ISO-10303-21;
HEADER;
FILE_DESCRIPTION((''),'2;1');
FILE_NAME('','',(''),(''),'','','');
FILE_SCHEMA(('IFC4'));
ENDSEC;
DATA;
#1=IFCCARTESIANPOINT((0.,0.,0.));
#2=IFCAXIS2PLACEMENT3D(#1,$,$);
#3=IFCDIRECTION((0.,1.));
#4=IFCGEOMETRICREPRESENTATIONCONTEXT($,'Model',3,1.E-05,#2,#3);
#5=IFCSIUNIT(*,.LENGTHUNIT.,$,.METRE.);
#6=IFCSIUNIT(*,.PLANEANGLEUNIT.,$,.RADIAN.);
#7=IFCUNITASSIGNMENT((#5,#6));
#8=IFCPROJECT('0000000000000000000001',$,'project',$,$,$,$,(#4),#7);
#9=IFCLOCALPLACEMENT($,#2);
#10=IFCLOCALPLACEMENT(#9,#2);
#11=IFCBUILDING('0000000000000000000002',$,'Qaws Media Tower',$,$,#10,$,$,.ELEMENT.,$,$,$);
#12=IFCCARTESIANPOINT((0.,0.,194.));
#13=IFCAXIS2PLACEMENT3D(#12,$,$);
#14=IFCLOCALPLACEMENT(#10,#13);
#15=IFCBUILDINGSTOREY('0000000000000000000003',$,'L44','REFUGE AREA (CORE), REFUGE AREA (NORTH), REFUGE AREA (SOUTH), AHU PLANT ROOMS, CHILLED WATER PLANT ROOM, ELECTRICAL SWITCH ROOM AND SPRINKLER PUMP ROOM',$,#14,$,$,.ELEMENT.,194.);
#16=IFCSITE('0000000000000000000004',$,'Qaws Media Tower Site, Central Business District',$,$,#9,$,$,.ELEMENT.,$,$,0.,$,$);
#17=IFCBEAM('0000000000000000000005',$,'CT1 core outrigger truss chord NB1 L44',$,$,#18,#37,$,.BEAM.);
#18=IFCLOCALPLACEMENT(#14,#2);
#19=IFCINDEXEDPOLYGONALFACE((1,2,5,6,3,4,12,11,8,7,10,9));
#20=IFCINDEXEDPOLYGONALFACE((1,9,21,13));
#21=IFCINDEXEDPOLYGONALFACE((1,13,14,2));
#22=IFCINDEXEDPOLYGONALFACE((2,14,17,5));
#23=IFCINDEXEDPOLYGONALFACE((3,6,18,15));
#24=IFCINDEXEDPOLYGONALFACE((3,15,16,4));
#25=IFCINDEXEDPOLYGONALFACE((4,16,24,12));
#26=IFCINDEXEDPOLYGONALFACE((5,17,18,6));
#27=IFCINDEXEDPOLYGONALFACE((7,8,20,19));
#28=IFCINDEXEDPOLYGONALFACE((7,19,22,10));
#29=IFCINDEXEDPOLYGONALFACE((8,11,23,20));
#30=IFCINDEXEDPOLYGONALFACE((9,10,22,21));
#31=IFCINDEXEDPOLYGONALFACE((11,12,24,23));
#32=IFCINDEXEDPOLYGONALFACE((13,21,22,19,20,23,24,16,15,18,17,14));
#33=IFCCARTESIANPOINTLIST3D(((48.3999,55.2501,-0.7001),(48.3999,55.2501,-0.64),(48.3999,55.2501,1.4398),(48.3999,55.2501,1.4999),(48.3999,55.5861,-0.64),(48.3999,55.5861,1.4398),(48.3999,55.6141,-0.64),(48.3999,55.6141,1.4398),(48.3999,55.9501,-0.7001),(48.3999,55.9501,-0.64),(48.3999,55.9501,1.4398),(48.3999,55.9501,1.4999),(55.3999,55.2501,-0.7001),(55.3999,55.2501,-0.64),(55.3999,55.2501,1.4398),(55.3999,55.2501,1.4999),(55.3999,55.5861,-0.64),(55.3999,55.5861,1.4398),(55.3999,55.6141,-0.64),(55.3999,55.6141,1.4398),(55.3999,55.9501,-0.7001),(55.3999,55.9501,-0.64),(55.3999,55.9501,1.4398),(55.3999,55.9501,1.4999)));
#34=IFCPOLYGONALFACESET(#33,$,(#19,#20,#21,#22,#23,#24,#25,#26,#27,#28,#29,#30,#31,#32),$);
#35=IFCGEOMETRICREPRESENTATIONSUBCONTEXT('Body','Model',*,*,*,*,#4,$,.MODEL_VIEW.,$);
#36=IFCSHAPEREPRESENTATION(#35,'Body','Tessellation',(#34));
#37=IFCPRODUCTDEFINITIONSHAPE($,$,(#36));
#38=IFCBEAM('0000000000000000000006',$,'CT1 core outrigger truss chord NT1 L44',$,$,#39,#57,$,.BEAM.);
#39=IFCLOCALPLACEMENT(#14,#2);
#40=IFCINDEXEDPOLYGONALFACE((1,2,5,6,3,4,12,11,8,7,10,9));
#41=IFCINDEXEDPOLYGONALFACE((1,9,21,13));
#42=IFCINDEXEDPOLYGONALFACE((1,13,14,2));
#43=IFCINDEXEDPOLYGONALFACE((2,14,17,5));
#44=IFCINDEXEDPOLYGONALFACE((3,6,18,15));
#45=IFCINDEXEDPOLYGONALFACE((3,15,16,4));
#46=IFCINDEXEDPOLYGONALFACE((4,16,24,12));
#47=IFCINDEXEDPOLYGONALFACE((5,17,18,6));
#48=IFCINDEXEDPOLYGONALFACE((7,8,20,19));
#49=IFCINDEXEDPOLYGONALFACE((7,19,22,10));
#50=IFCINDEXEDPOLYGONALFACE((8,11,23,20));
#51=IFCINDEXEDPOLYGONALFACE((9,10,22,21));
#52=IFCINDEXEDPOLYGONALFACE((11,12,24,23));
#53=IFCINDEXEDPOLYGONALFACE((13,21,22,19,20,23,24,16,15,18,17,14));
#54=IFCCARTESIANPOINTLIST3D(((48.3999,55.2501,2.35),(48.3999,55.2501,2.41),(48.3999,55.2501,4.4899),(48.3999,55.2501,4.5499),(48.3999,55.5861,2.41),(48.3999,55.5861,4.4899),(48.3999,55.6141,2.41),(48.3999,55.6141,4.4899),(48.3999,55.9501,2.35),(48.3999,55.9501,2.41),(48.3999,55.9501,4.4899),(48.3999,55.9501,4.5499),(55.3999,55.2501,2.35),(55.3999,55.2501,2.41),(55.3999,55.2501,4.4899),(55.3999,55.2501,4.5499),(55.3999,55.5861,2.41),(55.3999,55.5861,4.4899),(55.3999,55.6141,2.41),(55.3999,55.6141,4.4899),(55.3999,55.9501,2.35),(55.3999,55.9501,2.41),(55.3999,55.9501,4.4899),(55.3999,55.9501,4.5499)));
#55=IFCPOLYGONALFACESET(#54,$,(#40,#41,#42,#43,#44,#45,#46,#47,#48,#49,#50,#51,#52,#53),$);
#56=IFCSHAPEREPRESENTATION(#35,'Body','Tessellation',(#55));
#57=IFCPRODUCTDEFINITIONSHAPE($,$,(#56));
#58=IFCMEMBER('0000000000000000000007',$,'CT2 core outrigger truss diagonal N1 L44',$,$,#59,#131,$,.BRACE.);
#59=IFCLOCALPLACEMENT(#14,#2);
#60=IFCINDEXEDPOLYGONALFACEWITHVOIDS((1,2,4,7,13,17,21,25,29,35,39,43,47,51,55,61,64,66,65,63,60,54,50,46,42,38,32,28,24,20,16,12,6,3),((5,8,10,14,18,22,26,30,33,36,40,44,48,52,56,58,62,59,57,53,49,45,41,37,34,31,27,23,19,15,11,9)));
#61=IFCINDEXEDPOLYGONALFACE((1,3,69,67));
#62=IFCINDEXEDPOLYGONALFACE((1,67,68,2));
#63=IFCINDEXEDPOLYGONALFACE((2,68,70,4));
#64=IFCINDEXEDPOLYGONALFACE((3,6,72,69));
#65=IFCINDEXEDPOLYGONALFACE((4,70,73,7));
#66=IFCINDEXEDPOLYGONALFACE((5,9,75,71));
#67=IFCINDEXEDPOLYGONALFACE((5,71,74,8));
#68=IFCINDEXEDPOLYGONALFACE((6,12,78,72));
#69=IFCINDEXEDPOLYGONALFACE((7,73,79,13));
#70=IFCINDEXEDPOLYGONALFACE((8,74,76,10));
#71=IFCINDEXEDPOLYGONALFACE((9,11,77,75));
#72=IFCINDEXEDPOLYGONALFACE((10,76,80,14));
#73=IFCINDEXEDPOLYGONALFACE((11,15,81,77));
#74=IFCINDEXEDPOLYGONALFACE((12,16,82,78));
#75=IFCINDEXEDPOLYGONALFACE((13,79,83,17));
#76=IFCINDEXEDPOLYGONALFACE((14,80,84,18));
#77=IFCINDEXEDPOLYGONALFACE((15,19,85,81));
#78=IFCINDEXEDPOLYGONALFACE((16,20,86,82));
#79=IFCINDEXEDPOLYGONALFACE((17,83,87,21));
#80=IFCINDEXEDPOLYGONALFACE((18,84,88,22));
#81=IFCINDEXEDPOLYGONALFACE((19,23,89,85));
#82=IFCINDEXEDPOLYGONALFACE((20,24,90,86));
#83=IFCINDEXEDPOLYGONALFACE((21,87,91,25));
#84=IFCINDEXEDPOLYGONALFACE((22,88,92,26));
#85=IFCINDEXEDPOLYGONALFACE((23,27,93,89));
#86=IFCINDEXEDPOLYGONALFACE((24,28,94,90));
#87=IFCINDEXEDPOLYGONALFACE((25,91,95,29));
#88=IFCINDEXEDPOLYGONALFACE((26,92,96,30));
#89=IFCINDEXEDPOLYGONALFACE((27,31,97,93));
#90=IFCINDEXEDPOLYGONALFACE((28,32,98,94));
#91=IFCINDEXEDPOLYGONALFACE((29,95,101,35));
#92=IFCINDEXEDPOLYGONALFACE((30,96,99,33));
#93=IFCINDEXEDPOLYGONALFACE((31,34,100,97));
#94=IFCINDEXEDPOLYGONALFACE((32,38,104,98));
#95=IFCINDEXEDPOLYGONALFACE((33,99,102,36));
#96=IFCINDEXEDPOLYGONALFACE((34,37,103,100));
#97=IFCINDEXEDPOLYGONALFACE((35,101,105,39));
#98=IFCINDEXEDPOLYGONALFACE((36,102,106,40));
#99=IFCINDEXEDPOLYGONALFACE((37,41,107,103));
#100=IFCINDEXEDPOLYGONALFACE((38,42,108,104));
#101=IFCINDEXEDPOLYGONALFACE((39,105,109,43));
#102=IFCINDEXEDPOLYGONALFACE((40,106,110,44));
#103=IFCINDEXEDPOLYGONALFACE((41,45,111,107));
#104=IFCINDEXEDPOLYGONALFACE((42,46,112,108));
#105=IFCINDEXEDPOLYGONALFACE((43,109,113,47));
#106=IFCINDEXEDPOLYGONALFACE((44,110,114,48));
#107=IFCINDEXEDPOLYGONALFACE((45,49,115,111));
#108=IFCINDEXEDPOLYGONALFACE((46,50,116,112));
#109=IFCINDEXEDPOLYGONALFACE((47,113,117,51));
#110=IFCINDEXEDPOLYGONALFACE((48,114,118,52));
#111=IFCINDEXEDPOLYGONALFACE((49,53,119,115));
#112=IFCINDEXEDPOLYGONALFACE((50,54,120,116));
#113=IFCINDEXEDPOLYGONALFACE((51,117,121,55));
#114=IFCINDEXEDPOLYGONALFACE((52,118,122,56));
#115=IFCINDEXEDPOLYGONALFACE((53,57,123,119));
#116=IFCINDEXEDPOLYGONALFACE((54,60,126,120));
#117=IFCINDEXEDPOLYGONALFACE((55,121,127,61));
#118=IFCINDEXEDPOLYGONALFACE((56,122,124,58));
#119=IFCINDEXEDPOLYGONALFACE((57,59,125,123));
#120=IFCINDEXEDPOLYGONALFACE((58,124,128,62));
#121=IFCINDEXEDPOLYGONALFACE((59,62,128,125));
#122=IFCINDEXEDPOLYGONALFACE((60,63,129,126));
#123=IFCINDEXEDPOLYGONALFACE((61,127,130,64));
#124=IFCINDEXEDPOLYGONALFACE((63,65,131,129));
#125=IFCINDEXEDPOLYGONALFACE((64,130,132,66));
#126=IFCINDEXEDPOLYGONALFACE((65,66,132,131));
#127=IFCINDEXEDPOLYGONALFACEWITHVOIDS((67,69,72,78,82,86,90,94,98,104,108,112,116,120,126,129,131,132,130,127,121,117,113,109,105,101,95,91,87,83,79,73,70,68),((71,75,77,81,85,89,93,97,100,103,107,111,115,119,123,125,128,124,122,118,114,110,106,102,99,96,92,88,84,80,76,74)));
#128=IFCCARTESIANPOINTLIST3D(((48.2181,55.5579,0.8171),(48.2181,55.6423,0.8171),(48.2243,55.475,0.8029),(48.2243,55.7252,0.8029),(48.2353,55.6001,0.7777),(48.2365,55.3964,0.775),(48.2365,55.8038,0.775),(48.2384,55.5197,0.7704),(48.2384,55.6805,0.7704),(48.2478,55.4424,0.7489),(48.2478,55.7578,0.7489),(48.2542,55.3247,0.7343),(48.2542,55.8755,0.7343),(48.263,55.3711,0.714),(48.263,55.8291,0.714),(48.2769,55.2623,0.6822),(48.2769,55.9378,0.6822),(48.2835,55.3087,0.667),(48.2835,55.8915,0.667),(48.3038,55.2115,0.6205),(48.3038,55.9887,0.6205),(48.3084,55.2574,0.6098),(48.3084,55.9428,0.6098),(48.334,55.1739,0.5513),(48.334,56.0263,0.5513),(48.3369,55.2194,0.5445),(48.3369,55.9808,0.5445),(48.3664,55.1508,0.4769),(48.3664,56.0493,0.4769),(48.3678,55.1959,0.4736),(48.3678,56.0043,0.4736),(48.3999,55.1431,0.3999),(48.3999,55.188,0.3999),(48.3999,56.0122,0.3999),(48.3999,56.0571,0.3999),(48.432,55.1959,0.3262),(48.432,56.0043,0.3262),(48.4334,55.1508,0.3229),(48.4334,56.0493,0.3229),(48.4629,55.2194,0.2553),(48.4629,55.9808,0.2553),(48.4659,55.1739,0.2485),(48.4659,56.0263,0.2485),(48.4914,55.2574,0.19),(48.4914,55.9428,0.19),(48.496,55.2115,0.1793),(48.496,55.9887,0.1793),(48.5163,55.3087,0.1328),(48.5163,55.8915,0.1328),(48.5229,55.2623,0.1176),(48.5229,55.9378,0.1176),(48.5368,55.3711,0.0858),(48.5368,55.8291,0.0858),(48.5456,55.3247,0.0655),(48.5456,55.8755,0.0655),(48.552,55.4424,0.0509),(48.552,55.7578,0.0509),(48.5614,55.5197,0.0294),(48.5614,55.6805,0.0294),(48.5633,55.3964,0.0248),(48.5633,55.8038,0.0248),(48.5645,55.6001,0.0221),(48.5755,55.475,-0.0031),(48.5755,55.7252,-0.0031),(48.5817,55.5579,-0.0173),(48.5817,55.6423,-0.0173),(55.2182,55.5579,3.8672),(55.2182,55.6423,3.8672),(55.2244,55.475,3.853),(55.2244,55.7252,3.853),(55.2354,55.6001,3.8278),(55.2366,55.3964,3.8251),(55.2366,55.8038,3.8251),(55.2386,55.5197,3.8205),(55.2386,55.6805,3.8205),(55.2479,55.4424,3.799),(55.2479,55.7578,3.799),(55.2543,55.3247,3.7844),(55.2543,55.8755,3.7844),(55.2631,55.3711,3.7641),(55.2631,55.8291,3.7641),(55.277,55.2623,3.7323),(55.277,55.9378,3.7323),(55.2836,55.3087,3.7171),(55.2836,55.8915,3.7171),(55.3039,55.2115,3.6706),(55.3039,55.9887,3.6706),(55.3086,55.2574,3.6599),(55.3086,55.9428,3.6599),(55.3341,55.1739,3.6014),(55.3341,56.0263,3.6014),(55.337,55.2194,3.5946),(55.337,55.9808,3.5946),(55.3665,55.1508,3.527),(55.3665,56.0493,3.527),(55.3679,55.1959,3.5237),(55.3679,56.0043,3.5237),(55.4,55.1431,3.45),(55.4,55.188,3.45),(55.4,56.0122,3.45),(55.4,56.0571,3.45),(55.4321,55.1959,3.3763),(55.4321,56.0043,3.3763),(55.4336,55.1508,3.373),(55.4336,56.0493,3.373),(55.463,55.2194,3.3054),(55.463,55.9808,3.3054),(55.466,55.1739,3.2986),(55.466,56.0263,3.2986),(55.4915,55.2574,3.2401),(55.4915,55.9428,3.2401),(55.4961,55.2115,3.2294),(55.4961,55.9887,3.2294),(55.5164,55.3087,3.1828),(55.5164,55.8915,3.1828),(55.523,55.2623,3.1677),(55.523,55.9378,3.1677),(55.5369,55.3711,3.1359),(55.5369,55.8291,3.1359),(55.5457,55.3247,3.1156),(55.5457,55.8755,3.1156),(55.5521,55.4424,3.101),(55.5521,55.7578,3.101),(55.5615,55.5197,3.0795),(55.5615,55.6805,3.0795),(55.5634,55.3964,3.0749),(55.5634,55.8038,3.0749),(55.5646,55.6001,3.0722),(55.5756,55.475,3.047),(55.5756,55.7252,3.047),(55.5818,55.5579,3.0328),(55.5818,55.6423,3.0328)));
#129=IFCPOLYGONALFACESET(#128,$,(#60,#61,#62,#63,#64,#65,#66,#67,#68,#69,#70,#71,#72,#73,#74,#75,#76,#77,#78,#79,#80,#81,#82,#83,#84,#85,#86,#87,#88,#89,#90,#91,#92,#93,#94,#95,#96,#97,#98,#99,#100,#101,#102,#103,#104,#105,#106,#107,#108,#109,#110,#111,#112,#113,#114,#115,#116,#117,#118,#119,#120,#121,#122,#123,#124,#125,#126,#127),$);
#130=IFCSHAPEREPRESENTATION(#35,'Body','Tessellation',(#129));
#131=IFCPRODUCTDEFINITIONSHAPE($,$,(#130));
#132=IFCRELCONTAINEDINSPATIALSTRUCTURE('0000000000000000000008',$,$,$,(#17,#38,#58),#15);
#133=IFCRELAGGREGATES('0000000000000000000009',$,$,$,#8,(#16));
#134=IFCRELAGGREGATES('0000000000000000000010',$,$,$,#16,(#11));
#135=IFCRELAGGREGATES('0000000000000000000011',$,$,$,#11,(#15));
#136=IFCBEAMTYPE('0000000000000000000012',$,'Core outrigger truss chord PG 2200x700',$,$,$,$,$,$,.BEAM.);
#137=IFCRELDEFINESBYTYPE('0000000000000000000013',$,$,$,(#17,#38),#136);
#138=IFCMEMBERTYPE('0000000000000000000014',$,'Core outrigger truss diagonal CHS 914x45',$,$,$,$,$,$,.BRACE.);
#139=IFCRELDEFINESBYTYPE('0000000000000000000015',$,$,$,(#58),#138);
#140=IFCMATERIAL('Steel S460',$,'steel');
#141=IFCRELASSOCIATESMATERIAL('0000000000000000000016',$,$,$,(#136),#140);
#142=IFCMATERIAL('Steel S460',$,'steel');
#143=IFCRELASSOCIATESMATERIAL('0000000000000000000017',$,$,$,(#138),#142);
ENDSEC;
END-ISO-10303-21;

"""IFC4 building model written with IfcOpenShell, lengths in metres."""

from ifc_helpers import new_model, si_unit, direction, frame, origin, origin_2d, place, context, subcontext, project, spatial, hollow_circle, i_section, extrude, material, material_profile, profile_set, type_object, element, save


model = new_model("IFC4")

# Units and contexts
model_context = context("Model", 3, precision=1e-05, world=origin(), true_north=direction((0.0, 1.0)))
body_context = subcontext(model_context, "Body", "Model", "MODEL_VIEW")
ifc_project = project(units=[si_unit("LENGTHUNIT", "METRE"), si_unit("PLANEANGLEUNIT", "RADIAN")], contexts=[model_context])

# Site, building, storey
site_placement = place(None, origin())
site = spatial("IfcSite", under=ifc_project, at=site_placement, Name="Qaws Media Tower Site, Central Business District", CompositionType="ELEMENT", RefElevation=0.0)
building_placement = place(site_placement, origin())
building = spatial("IfcBuilding", under=site, at=building_placement, Name="Qaws Media Tower", CompositionType="ELEMENT")
storey_placement = place(building_placement, frame((0.0, 0.0, 194.0)))
storey = spatial("IfcBuildingStorey", under=building, at=storey_placement, Name="L44", Description="REFUGE AREA (CORE), REFUGE AREA (NORTH), REFUGE AREA (SOUTH), AHU PLANT ROOMS, CHILLED WATER PLANT ROOM, ELECTRICAL SWITCH ROOM AND SPRINKLER PUMP ROOM", CompositionType="ELEMENT", Elevation=194.0)

# Beams
ifc_material_1 = material(Name="Steel S460", Category="steel")
ifc_material_profile_1 = material_profile(ifc_material_1, i_section(OverallWidth=0.7, OverallDepth=2.2, WebThickness=0.0281, FlangeThickness=0.0601, at=origin_2d()), Name="PG 2200x700")
ifc_profile_set_1 = profile_set([ifc_material_profile_1], Name="Steel S460")
beam_type = type_object("IfcBeamType", Name="Core outrigger truss chord PG 2200x700", PredefinedType="BEAM", material=ifc_profile_set_1)
for number, where, z_axis, x_axis, name in (
    (1, (48.3999, 55.6001, 0.3999), (1.0, 0.0, 0.0), (0.0, 1.0, 0.0), "CT1 core outrigger truss chord NB1 L44"),
    (2, (48.3999, 55.6001, 3.45), (1.0, 0.0, 0.0), (0.0, 1.0, 0.0), "CT1 core outrigger truss chord NT1 L44"),
):
    element("IfcBeam", number, at=place(storey_placement, frame(where, z_axis=z_axis, x_axis=x_axis)), inside=storey, type_object=beam_type, Name=name, PredefinedType="BEAM", context=body_context, shape_type="SweptSolid", body=[
        extrude(i_section(OverallWidth=0.7, OverallDepth=2.2, WebThickness=0.0281, FlangeThickness=0.0601, at=origin_2d()), origin(), (0.0, 0.0, 1.0), 7.0),
    ])

# Member
ifc_material_2 = material(Name="Steel S460", Category="steel")
ifc_material_profile_2 = material_profile(ifc_material_2, hollow_circle(Radius=0.457, WallThickness=0.0449, at=origin_2d()), Name="CHS 914x45")
ifc_profile_set_2 = profile_set([ifc_material_profile_2], Name="Steel S460")
member_type_1 = type_object("IfcMemberType", Name="Core outrigger truss diagonal CHS 914x45", PredefinedType="BRACE", material=ifc_profile_set_2)
member_1_placement = place(storey_placement, frame((48.3999, 55.6001, 0.3999), z_axis=(0.916755, 0.0, 0.39945), x_axis=(0.0, 1.0, 0.0)))
element("IfcMember", 3, at=member_1_placement, inside=storey, type_object=member_type_1, Name="CT2 core outrigger truss diagonal N1 L44", PredefinedType="BRACE", context=body_context, shape_type="SweptSolid", body=[
    extrude(hollow_circle(Radius=0.457, WallThickness=0.0449, at=origin_2d()), origin(), (0.0, 0.0, 1.0), 7.6357),
])

save(model, "model.ifc")
